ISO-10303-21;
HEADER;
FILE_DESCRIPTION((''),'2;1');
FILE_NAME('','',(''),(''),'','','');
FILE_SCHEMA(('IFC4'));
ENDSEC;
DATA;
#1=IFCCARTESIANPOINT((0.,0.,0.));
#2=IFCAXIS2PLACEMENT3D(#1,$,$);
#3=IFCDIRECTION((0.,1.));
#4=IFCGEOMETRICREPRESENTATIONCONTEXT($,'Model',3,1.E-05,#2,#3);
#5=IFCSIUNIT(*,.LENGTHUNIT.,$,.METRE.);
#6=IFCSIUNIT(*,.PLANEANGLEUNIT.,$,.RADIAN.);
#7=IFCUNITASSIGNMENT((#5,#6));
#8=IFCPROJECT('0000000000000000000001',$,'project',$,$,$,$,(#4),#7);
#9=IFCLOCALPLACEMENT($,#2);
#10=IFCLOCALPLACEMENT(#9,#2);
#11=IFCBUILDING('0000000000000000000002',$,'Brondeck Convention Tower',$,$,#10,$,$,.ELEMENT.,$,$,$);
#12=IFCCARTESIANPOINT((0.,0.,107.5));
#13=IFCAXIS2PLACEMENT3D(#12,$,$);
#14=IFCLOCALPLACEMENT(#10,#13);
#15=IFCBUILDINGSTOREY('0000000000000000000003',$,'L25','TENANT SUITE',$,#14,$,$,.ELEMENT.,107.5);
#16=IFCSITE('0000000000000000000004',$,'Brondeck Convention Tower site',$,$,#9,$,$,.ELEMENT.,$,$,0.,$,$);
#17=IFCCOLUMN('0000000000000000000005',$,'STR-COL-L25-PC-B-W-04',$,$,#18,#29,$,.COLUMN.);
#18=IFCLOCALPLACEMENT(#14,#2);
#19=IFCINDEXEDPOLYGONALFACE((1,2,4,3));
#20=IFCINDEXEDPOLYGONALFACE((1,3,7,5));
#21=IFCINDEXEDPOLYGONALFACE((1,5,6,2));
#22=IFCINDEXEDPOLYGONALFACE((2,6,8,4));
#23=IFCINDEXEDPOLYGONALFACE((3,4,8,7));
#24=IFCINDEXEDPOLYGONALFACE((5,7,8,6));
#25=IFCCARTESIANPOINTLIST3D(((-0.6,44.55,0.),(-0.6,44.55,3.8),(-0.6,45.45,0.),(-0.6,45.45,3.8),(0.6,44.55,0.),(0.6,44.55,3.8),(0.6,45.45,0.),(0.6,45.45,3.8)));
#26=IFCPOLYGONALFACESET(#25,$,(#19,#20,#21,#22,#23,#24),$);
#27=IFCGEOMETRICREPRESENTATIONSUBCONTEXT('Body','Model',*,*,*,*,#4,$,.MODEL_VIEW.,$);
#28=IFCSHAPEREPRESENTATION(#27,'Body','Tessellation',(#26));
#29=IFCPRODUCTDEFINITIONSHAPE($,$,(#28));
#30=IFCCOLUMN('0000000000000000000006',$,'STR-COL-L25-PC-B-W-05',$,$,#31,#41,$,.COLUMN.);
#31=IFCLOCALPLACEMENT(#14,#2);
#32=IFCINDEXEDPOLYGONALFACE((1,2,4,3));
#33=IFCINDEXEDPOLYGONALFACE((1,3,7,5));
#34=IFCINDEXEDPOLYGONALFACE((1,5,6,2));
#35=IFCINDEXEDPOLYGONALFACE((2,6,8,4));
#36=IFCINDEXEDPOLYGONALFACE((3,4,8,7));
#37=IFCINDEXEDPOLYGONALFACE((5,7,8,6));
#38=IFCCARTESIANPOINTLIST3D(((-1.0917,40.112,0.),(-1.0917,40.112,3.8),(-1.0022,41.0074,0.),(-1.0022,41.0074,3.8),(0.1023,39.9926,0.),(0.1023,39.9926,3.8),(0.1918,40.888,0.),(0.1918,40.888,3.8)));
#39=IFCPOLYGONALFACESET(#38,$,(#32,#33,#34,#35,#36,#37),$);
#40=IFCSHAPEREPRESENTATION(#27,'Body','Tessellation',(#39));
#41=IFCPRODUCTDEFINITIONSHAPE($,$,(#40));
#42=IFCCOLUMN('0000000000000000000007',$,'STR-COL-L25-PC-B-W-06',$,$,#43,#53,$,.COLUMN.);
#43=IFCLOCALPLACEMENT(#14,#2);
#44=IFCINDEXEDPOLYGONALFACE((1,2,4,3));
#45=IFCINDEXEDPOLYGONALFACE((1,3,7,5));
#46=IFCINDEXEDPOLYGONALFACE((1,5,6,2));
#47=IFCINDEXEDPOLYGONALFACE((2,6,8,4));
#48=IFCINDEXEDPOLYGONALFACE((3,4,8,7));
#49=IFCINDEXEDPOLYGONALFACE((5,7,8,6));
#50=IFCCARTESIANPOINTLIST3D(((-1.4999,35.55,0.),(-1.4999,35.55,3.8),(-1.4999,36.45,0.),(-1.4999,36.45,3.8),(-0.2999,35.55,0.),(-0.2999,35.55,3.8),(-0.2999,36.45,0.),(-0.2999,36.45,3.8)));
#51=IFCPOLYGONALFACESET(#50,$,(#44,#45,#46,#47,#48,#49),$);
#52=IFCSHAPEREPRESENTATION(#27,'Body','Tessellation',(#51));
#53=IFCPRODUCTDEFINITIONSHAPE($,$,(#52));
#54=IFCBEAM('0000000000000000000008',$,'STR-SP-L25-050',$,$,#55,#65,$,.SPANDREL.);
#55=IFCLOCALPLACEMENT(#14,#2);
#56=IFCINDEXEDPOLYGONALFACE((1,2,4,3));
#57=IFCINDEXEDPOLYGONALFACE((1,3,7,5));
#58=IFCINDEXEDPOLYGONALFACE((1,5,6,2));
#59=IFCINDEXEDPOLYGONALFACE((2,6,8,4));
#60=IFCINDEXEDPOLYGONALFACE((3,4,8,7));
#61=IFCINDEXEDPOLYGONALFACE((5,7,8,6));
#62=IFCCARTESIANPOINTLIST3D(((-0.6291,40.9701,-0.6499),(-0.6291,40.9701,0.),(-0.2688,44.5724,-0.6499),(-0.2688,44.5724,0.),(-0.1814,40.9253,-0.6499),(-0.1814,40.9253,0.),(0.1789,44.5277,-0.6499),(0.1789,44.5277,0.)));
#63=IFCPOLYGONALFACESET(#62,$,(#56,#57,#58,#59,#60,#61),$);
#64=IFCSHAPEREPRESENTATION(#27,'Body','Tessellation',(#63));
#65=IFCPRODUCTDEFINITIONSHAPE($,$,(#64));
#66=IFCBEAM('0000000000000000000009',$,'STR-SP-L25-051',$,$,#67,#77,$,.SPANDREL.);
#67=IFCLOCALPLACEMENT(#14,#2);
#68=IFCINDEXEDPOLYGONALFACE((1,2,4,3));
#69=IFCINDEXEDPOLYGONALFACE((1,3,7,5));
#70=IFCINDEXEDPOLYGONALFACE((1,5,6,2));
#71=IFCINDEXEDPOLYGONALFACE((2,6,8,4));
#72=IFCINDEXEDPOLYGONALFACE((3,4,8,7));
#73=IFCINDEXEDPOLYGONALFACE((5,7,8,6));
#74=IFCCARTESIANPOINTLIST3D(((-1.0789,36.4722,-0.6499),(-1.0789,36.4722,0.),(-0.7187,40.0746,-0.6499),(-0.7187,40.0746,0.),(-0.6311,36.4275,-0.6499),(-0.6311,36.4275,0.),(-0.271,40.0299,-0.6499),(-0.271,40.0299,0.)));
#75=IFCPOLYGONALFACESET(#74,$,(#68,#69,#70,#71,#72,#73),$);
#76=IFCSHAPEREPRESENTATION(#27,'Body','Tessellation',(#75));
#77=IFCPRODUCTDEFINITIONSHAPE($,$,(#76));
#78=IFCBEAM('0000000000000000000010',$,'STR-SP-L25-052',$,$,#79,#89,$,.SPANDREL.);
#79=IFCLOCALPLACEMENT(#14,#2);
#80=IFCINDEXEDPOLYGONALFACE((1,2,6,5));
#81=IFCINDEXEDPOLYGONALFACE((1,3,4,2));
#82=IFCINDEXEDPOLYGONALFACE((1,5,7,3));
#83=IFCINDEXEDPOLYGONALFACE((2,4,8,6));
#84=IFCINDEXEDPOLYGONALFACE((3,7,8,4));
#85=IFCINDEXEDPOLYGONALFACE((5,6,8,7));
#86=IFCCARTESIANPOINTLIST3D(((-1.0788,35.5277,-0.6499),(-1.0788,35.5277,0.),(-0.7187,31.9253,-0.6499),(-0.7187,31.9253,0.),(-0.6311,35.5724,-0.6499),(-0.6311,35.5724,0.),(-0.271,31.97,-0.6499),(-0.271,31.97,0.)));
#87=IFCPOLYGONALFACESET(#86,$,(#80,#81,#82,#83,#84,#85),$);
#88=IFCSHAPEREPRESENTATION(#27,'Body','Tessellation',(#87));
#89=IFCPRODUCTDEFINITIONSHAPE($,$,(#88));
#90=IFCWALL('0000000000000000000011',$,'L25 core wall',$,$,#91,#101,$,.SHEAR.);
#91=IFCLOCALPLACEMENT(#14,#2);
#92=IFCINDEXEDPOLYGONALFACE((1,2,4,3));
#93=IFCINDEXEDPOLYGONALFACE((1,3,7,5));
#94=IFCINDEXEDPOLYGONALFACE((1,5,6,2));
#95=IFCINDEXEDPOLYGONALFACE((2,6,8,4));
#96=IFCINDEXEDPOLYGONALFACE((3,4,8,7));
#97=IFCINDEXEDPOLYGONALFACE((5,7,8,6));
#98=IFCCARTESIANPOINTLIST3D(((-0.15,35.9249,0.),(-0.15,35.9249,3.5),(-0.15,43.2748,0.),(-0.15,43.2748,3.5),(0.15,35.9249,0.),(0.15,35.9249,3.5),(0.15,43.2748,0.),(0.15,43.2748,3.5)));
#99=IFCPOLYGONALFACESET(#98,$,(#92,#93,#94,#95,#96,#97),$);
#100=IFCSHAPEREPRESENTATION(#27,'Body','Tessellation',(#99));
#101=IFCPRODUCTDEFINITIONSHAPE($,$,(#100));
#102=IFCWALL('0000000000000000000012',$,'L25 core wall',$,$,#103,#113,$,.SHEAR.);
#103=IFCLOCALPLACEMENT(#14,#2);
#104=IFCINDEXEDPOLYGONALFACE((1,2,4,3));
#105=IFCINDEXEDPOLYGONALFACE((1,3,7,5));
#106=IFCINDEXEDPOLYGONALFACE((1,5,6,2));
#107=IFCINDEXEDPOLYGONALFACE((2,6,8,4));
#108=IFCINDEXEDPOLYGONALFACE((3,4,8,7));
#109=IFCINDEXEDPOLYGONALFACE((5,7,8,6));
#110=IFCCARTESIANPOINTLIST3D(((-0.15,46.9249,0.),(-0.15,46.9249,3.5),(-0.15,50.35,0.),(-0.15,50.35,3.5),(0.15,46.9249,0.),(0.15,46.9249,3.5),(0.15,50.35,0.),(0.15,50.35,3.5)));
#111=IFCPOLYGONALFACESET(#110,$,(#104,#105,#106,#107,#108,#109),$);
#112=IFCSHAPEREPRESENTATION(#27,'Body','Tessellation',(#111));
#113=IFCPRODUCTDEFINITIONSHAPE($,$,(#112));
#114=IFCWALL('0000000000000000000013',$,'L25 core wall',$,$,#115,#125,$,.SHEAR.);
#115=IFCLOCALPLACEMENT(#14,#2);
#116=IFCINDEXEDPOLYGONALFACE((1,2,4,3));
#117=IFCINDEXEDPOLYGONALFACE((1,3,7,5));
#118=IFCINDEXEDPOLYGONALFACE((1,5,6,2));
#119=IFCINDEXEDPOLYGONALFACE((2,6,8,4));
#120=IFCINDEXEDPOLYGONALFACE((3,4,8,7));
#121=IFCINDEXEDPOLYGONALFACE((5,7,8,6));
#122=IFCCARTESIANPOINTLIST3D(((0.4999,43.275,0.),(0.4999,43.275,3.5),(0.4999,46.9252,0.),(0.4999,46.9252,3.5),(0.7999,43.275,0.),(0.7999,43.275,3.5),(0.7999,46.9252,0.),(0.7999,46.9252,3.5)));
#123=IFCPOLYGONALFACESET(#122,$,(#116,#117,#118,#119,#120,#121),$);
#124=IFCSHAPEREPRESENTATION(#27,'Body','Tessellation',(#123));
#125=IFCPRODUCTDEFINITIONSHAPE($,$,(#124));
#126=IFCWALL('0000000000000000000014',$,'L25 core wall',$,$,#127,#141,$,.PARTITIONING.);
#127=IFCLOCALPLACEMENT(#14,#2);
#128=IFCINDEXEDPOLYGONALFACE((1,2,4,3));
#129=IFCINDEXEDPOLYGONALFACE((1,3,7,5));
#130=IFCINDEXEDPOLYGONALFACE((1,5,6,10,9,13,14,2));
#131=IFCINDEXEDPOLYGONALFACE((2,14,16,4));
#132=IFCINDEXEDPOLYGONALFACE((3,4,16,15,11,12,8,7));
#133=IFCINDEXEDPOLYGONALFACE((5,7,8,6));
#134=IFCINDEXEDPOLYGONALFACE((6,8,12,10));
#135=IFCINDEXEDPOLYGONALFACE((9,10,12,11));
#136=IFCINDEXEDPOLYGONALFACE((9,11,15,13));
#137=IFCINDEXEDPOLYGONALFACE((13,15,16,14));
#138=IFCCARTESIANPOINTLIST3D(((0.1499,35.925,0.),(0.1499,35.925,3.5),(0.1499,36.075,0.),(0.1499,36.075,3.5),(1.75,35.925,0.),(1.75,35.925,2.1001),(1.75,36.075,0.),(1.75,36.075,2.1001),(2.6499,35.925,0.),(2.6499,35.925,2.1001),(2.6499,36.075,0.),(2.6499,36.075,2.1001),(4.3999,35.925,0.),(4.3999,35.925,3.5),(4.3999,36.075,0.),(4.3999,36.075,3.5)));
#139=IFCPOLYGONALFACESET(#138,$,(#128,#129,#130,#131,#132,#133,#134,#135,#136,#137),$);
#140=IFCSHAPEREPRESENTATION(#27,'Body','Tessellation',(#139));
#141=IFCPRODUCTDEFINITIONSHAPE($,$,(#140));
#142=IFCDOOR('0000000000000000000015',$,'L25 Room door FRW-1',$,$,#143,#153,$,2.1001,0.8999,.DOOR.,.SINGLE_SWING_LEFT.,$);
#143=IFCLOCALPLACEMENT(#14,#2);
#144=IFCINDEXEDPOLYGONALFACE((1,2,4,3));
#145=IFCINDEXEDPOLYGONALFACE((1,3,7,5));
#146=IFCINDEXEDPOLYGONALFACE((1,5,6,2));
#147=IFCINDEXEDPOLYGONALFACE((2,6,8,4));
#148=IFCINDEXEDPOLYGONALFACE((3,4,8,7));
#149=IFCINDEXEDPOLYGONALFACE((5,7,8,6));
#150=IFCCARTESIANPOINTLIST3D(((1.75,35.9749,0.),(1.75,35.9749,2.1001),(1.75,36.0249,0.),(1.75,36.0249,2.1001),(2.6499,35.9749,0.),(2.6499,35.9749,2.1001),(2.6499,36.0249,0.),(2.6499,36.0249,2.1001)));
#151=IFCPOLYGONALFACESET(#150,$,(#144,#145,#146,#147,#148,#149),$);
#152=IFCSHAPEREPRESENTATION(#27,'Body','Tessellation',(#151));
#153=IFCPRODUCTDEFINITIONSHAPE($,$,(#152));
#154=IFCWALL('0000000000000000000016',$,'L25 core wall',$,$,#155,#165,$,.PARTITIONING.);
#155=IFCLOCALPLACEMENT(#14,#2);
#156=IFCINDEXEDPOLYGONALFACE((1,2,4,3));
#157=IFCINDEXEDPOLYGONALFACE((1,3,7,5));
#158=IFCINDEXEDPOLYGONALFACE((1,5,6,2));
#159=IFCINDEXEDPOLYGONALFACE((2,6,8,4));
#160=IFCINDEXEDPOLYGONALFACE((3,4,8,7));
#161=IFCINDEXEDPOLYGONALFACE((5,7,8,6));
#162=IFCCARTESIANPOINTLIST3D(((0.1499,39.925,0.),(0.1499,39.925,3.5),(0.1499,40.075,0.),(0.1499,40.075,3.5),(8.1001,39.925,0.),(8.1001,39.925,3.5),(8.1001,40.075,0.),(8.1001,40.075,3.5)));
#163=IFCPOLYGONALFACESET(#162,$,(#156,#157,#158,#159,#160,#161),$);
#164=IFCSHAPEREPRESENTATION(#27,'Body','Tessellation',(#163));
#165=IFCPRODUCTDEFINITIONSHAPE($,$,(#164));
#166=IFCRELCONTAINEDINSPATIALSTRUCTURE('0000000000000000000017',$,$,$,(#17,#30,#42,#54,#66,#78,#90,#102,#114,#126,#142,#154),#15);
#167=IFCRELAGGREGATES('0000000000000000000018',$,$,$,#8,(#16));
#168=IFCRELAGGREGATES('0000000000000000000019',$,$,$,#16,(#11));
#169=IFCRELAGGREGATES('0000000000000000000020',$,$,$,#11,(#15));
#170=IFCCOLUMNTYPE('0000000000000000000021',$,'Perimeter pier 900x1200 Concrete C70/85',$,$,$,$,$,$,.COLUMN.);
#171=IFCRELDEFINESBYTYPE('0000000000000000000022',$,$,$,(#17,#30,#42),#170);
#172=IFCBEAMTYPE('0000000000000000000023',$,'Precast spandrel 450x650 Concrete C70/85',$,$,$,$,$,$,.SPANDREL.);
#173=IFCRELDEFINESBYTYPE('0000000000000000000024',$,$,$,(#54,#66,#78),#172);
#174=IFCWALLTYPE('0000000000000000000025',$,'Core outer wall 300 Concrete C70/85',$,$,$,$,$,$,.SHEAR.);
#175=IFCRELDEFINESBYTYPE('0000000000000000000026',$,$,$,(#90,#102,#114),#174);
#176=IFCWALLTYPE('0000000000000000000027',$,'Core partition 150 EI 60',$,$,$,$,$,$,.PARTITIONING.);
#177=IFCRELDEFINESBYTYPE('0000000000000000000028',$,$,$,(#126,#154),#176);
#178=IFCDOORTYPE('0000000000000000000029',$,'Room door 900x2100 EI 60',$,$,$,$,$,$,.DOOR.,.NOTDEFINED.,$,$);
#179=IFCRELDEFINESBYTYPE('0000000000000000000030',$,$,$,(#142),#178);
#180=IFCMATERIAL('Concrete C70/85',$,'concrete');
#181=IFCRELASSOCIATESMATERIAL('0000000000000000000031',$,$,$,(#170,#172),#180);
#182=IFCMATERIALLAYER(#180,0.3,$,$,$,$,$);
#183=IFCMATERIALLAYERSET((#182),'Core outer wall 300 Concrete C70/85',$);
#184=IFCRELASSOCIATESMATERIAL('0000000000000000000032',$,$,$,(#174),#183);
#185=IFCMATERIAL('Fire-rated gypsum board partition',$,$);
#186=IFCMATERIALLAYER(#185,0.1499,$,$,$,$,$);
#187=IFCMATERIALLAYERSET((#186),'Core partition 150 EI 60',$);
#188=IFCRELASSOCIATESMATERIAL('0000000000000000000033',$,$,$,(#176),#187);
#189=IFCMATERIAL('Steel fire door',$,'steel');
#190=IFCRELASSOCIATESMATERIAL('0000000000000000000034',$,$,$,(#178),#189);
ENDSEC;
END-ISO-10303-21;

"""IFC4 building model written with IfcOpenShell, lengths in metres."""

from ifc_helpers import new_model, si_unit, direction, frame, frame_2d, origin, origin_2d, place, context, subcontext, project, spatial, rectangle, extrude, material, layer, layer_set, material_profile, profile_set, type_object, element, fill, save


model = new_model("IFC4")

# Units and contexts
model_context = context("Model", 3, precision=1e-05, world=origin(), true_north=direction((0.0, 1.0)))
body_context = subcontext(model_context, "Body", "Model", "MODEL_VIEW")
ifc_project = project(units=[si_unit("LENGTHUNIT", "METRE"), si_unit("PLANEANGLEUNIT", "RADIAN")], contexts=[model_context])

# Site, building, storey
site_placement = place(None, origin())
site = spatial("IfcSite", under=ifc_project, at=site_placement, Name="Brondeck Convention Tower site", CompositionType="ELEMENT", RefElevation=0.0)
building_placement = place(site_placement, origin())
building = spatial("IfcBuilding", under=site, at=building_placement, Name="Brondeck Convention Tower", CompositionType="ELEMENT")
storey_placement = place(building_placement, frame((0.0, 0.0, 107.5)))
storey = spatial("IfcBuildingStorey", under=building, at=storey_placement, Name="L25", Description="TENANT SUITE", CompositionType="ELEMENT", Elevation=107.5)

# Columns
ifc_material_1 = material(Name="Concrete C70/85", Category="concrete")
ifc_material_profile_1 = material_profile(ifc_material_1, rectangle(XDim=0.8999, YDim=1.2, at=origin_2d()), Name="Perimeter pier 900x1200 Concrete C70/85")
ifc_profile_set_1 = profile_set([ifc_material_profile_1], Name="Concrete C70/85")
column_type = type_object("IfcColumnType", Name="Perimeter pier 900x1200 Concrete C70/85", PredefinedType="COLUMN", material=ifc_profile_set_1)
for number, where, z_axis, x_axis, name in (
    (1, (0.0, 45.0, 0.0), (0.0, 0.0, 1.0), (0.0, -1.0, 0.0), "STR-COL-L25-PC-B-W-04"),
    (2, (-0.45, 40.5, 0.0), (0.0, 0.0, 1.0), (-0.099504, -0.995037, 0.0), "STR-COL-L25-PC-B-W-05"),
    (3, (-0.8999, 36.0, 0.0), (0.0, 0.0, 1.0), (0.0, -1.0, 0.0), "STR-COL-L25-PC-B-W-06"),
):
    element("IfcColumn", number, at=place(storey_placement, frame(where, z_axis=z_axis, x_axis=x_axis)), inside=storey, type_object=column_type, Name=name, PredefinedType="COLUMN", context=body_context, shape_type="SweptSolid", body=[
        extrude(rectangle(XDim=0.8999, YDim=1.2, at=origin_2d()), origin(), (0.0, 0.0, 1.0), 3.8),
    ])

# Beams
ifc_material_profile_2 = material_profile(ifc_material_1, rectangle(XDim=0.45, YDim=0.6499, at=origin_2d()), Name="Precast spandrel 450x650 Concrete C70/85")
ifc_profile_set_2 = profile_set([ifc_material_profile_2], Name="Concrete C70/85")
beam_type = type_object("IfcBeamType", Name="Precast spandrel 450x650 Concrete C70/85", PredefinedType="SPANDREL", material=ifc_profile_set_2)
for number, where, z_axis, x_axis, name in (
    (4, (-0.0449, 44.55, -0.325), (-0.099537, -0.995034, 0.0), (0.995034, -0.099537, 0.0), "STR-SP-L25-050"),
    (5, (-0.4949, 40.0522, -0.325), (-0.09947, -0.995041, 0.0), (0.995041, -0.09947, 0.0), "STR-SP-L25-051"),
    (6, (-0.855, 35.55, -0.325), (0.09947, -0.995041, 0.0), (0.995041, 0.09947, 0.0), "STR-SP-L25-052"),
):
    element("IfcBeam", number, at=place(storey_placement, frame(where, z_axis=z_axis, x_axis=x_axis)), inside=storey, type_object=beam_type, Name=name, PredefinedType="SPANDREL", context=body_context, shape_type="SweptSolid", body=[
        extrude(rectangle(XDim=0.45, YDim=0.6499, at=origin_2d()), origin(), (0.0, 0.0, 1.0), 3.6204),
    ])

# Walls
ifc_layer_1 = layer(ifc_material_1, 0.3)
ifc_layer_set_1 = layer_set([ifc_layer_1], Name="Core outer wall 300 Concrete C70/85")
wall_type_1 = type_object("IfcWallType", Name="Core outer wall 300 Concrete C70/85", PredefinedType="SHEAR", material=ifc_layer_set_1)
wall_1_placement = place(storey_placement, frame((0.0, 35.925, 0.0), z_axis=(0.0, 0.0, 1.0), x_axis=(0.0, 1.0, 0.0)))
element("IfcWall", 7, at=wall_1_placement, inside=storey, type_object=wall_type_1, Name="L25 core wall", PredefinedType="SHEAR", context=body_context, shape_type="SweptSolid", body=[
    extrude(rectangle(XDim=7.3499, YDim=0.3, at=frame_2d((3.6748, 0.0))), origin(), (0.0, 0.0, 1.0), 3.5),
])
wall_2_placement = place(storey_placement, frame((0.0, 46.925, 0.0), z_axis=(0.0, 0.0, 1.0), x_axis=(0.0, 1.0, 0.0)))
element("IfcWall", 8, at=wall_2_placement, inside=storey, type_object=wall_type_1, Name="L25 core wall", PredefinedType="SHEAR", context=body_context, shape_type="SweptSolid", body=[
    extrude(rectangle(XDim=3.425, YDim=0.3, at=frame_2d((1.7124, 0.0))), origin(), (0.0, 0.0, 1.0), 3.5),
])
wall_3_placement = place(storey_placement, frame((0.6499, 43.2749, 0.0), z_axis=(0.0, 0.0, 1.0), x_axis=(0.0, 1.0, 0.0)))
element("IfcWall", 9, at=wall_3_placement, inside=storey, type_object=wall_type_1, Name="L25 core wall", PredefinedType="SHEAR", context=body_context, shape_type="SweptSolid", body=[
    extrude(rectangle(XDim=3.6501, YDim=0.3, at=frame_2d((1.8252, 0.0))), origin(), (0.0, 0.0, 1.0), 3.5),
])

# Wall, opening, door
ifc_material_2 = material(Name="Fire-rated gypsum board partition")
ifc_layer_2 = layer(ifc_material_2, 0.1499)
ifc_layer_set_2 = layer_set([ifc_layer_2], Name="Core partition 150 EI 60")
wall_type_2 = type_object("IfcWallType", Name="Core partition 150 EI 60", PredefinedType="PARTITIONING", material=ifc_layer_set_2)
wall_4_placement = place(storey_placement, frame((0.1499, 36.0, 0.0), z_axis=(0.0, 0.0, 1.0), x_axis=(1.0, 0.0, 0.0)))
wall_4 = element("IfcWall", 10, at=wall_4_placement, inside=storey, type_object=wall_type_2, Name="L25 core wall", PredefinedType="PARTITIONING", context=body_context, shape_type="SweptSolid", body=[
    extrude(rectangle(XDim=4.25, YDim=0.1499, at=frame_2d((2.125, 0.0))), origin(), (0.0, 0.0, 1.0), 3.5),
])
opening_1_placement = place(wall_4_placement, frame((1.6001, 0.0, 0.0)))
opening_1 = element("IfcOpeningElement", 11, at=opening_1_placement, cuts=wall_4, PredefinedType="OPENING", context=body_context, shape_type="SweptSolid", body=[
    extrude(rectangle(XDim=0.8999, YDim=2.1001, at=frame_2d((0.45, 1.05))), frame((0.0, 0.085, 0.0), z_axis=(0.0, -1.0, 0.0), x_axis=(1.0, 0.0, 0.0)), (0.0, 0.0, 1.0), 0.1699),
])
ifc_material_3 = material(Name="Steel fire door", Category="steel")
door_type_1 = type_object("IfcDoorType", Name="Room door 900x2100 EI 60", OperationType="NOTDEFINED", PredefinedType="DOOR", material=ifc_material_3)
door_1_placement = place(opening_1_placement, origin())
door_1 = element("IfcDoor", 12, at=door_1_placement, inside=storey, type_object=door_type_1, Name="L25 Room door FRW-1", OperationType="SINGLE_SWING_LEFT", OverallHeight=2.1001, OverallWidth=0.8999, PredefinedType="DOOR", context=body_context, shape_type="SweptSolid", body=[
    extrude(rectangle(XDim=0.8999, YDim=2.1001, at=frame_2d((0.45, 1.05))), frame((0.0, 0.0249, 0.0), z_axis=(0.0, -1.0, 0.0), x_axis=(1.0, 0.0, 0.0)), (0.0, 0.0, 1.0), 0.05),
])
fill(opening_1, door_1)

# Wall
wall_5_placement = place(storey_placement, frame((0.1499, 40.0, 0.0), z_axis=(0.0, 0.0, 1.0), x_axis=(1.0, 0.0, 0.0)))
element("IfcWall", 13, at=wall_5_placement, inside=storey, type_object=wall_type_2, Name="L25 core wall", PredefinedType="PARTITIONING", context=body_context, shape_type="SweptSolid", body=[
    extrude(rectangle(XDim=7.9502, YDim=0.1499, at=frame_2d((3.9751, 0.0))), origin(), (0.0, 0.0, 1.0), 3.5),
])

save(model, "model.ifc")
